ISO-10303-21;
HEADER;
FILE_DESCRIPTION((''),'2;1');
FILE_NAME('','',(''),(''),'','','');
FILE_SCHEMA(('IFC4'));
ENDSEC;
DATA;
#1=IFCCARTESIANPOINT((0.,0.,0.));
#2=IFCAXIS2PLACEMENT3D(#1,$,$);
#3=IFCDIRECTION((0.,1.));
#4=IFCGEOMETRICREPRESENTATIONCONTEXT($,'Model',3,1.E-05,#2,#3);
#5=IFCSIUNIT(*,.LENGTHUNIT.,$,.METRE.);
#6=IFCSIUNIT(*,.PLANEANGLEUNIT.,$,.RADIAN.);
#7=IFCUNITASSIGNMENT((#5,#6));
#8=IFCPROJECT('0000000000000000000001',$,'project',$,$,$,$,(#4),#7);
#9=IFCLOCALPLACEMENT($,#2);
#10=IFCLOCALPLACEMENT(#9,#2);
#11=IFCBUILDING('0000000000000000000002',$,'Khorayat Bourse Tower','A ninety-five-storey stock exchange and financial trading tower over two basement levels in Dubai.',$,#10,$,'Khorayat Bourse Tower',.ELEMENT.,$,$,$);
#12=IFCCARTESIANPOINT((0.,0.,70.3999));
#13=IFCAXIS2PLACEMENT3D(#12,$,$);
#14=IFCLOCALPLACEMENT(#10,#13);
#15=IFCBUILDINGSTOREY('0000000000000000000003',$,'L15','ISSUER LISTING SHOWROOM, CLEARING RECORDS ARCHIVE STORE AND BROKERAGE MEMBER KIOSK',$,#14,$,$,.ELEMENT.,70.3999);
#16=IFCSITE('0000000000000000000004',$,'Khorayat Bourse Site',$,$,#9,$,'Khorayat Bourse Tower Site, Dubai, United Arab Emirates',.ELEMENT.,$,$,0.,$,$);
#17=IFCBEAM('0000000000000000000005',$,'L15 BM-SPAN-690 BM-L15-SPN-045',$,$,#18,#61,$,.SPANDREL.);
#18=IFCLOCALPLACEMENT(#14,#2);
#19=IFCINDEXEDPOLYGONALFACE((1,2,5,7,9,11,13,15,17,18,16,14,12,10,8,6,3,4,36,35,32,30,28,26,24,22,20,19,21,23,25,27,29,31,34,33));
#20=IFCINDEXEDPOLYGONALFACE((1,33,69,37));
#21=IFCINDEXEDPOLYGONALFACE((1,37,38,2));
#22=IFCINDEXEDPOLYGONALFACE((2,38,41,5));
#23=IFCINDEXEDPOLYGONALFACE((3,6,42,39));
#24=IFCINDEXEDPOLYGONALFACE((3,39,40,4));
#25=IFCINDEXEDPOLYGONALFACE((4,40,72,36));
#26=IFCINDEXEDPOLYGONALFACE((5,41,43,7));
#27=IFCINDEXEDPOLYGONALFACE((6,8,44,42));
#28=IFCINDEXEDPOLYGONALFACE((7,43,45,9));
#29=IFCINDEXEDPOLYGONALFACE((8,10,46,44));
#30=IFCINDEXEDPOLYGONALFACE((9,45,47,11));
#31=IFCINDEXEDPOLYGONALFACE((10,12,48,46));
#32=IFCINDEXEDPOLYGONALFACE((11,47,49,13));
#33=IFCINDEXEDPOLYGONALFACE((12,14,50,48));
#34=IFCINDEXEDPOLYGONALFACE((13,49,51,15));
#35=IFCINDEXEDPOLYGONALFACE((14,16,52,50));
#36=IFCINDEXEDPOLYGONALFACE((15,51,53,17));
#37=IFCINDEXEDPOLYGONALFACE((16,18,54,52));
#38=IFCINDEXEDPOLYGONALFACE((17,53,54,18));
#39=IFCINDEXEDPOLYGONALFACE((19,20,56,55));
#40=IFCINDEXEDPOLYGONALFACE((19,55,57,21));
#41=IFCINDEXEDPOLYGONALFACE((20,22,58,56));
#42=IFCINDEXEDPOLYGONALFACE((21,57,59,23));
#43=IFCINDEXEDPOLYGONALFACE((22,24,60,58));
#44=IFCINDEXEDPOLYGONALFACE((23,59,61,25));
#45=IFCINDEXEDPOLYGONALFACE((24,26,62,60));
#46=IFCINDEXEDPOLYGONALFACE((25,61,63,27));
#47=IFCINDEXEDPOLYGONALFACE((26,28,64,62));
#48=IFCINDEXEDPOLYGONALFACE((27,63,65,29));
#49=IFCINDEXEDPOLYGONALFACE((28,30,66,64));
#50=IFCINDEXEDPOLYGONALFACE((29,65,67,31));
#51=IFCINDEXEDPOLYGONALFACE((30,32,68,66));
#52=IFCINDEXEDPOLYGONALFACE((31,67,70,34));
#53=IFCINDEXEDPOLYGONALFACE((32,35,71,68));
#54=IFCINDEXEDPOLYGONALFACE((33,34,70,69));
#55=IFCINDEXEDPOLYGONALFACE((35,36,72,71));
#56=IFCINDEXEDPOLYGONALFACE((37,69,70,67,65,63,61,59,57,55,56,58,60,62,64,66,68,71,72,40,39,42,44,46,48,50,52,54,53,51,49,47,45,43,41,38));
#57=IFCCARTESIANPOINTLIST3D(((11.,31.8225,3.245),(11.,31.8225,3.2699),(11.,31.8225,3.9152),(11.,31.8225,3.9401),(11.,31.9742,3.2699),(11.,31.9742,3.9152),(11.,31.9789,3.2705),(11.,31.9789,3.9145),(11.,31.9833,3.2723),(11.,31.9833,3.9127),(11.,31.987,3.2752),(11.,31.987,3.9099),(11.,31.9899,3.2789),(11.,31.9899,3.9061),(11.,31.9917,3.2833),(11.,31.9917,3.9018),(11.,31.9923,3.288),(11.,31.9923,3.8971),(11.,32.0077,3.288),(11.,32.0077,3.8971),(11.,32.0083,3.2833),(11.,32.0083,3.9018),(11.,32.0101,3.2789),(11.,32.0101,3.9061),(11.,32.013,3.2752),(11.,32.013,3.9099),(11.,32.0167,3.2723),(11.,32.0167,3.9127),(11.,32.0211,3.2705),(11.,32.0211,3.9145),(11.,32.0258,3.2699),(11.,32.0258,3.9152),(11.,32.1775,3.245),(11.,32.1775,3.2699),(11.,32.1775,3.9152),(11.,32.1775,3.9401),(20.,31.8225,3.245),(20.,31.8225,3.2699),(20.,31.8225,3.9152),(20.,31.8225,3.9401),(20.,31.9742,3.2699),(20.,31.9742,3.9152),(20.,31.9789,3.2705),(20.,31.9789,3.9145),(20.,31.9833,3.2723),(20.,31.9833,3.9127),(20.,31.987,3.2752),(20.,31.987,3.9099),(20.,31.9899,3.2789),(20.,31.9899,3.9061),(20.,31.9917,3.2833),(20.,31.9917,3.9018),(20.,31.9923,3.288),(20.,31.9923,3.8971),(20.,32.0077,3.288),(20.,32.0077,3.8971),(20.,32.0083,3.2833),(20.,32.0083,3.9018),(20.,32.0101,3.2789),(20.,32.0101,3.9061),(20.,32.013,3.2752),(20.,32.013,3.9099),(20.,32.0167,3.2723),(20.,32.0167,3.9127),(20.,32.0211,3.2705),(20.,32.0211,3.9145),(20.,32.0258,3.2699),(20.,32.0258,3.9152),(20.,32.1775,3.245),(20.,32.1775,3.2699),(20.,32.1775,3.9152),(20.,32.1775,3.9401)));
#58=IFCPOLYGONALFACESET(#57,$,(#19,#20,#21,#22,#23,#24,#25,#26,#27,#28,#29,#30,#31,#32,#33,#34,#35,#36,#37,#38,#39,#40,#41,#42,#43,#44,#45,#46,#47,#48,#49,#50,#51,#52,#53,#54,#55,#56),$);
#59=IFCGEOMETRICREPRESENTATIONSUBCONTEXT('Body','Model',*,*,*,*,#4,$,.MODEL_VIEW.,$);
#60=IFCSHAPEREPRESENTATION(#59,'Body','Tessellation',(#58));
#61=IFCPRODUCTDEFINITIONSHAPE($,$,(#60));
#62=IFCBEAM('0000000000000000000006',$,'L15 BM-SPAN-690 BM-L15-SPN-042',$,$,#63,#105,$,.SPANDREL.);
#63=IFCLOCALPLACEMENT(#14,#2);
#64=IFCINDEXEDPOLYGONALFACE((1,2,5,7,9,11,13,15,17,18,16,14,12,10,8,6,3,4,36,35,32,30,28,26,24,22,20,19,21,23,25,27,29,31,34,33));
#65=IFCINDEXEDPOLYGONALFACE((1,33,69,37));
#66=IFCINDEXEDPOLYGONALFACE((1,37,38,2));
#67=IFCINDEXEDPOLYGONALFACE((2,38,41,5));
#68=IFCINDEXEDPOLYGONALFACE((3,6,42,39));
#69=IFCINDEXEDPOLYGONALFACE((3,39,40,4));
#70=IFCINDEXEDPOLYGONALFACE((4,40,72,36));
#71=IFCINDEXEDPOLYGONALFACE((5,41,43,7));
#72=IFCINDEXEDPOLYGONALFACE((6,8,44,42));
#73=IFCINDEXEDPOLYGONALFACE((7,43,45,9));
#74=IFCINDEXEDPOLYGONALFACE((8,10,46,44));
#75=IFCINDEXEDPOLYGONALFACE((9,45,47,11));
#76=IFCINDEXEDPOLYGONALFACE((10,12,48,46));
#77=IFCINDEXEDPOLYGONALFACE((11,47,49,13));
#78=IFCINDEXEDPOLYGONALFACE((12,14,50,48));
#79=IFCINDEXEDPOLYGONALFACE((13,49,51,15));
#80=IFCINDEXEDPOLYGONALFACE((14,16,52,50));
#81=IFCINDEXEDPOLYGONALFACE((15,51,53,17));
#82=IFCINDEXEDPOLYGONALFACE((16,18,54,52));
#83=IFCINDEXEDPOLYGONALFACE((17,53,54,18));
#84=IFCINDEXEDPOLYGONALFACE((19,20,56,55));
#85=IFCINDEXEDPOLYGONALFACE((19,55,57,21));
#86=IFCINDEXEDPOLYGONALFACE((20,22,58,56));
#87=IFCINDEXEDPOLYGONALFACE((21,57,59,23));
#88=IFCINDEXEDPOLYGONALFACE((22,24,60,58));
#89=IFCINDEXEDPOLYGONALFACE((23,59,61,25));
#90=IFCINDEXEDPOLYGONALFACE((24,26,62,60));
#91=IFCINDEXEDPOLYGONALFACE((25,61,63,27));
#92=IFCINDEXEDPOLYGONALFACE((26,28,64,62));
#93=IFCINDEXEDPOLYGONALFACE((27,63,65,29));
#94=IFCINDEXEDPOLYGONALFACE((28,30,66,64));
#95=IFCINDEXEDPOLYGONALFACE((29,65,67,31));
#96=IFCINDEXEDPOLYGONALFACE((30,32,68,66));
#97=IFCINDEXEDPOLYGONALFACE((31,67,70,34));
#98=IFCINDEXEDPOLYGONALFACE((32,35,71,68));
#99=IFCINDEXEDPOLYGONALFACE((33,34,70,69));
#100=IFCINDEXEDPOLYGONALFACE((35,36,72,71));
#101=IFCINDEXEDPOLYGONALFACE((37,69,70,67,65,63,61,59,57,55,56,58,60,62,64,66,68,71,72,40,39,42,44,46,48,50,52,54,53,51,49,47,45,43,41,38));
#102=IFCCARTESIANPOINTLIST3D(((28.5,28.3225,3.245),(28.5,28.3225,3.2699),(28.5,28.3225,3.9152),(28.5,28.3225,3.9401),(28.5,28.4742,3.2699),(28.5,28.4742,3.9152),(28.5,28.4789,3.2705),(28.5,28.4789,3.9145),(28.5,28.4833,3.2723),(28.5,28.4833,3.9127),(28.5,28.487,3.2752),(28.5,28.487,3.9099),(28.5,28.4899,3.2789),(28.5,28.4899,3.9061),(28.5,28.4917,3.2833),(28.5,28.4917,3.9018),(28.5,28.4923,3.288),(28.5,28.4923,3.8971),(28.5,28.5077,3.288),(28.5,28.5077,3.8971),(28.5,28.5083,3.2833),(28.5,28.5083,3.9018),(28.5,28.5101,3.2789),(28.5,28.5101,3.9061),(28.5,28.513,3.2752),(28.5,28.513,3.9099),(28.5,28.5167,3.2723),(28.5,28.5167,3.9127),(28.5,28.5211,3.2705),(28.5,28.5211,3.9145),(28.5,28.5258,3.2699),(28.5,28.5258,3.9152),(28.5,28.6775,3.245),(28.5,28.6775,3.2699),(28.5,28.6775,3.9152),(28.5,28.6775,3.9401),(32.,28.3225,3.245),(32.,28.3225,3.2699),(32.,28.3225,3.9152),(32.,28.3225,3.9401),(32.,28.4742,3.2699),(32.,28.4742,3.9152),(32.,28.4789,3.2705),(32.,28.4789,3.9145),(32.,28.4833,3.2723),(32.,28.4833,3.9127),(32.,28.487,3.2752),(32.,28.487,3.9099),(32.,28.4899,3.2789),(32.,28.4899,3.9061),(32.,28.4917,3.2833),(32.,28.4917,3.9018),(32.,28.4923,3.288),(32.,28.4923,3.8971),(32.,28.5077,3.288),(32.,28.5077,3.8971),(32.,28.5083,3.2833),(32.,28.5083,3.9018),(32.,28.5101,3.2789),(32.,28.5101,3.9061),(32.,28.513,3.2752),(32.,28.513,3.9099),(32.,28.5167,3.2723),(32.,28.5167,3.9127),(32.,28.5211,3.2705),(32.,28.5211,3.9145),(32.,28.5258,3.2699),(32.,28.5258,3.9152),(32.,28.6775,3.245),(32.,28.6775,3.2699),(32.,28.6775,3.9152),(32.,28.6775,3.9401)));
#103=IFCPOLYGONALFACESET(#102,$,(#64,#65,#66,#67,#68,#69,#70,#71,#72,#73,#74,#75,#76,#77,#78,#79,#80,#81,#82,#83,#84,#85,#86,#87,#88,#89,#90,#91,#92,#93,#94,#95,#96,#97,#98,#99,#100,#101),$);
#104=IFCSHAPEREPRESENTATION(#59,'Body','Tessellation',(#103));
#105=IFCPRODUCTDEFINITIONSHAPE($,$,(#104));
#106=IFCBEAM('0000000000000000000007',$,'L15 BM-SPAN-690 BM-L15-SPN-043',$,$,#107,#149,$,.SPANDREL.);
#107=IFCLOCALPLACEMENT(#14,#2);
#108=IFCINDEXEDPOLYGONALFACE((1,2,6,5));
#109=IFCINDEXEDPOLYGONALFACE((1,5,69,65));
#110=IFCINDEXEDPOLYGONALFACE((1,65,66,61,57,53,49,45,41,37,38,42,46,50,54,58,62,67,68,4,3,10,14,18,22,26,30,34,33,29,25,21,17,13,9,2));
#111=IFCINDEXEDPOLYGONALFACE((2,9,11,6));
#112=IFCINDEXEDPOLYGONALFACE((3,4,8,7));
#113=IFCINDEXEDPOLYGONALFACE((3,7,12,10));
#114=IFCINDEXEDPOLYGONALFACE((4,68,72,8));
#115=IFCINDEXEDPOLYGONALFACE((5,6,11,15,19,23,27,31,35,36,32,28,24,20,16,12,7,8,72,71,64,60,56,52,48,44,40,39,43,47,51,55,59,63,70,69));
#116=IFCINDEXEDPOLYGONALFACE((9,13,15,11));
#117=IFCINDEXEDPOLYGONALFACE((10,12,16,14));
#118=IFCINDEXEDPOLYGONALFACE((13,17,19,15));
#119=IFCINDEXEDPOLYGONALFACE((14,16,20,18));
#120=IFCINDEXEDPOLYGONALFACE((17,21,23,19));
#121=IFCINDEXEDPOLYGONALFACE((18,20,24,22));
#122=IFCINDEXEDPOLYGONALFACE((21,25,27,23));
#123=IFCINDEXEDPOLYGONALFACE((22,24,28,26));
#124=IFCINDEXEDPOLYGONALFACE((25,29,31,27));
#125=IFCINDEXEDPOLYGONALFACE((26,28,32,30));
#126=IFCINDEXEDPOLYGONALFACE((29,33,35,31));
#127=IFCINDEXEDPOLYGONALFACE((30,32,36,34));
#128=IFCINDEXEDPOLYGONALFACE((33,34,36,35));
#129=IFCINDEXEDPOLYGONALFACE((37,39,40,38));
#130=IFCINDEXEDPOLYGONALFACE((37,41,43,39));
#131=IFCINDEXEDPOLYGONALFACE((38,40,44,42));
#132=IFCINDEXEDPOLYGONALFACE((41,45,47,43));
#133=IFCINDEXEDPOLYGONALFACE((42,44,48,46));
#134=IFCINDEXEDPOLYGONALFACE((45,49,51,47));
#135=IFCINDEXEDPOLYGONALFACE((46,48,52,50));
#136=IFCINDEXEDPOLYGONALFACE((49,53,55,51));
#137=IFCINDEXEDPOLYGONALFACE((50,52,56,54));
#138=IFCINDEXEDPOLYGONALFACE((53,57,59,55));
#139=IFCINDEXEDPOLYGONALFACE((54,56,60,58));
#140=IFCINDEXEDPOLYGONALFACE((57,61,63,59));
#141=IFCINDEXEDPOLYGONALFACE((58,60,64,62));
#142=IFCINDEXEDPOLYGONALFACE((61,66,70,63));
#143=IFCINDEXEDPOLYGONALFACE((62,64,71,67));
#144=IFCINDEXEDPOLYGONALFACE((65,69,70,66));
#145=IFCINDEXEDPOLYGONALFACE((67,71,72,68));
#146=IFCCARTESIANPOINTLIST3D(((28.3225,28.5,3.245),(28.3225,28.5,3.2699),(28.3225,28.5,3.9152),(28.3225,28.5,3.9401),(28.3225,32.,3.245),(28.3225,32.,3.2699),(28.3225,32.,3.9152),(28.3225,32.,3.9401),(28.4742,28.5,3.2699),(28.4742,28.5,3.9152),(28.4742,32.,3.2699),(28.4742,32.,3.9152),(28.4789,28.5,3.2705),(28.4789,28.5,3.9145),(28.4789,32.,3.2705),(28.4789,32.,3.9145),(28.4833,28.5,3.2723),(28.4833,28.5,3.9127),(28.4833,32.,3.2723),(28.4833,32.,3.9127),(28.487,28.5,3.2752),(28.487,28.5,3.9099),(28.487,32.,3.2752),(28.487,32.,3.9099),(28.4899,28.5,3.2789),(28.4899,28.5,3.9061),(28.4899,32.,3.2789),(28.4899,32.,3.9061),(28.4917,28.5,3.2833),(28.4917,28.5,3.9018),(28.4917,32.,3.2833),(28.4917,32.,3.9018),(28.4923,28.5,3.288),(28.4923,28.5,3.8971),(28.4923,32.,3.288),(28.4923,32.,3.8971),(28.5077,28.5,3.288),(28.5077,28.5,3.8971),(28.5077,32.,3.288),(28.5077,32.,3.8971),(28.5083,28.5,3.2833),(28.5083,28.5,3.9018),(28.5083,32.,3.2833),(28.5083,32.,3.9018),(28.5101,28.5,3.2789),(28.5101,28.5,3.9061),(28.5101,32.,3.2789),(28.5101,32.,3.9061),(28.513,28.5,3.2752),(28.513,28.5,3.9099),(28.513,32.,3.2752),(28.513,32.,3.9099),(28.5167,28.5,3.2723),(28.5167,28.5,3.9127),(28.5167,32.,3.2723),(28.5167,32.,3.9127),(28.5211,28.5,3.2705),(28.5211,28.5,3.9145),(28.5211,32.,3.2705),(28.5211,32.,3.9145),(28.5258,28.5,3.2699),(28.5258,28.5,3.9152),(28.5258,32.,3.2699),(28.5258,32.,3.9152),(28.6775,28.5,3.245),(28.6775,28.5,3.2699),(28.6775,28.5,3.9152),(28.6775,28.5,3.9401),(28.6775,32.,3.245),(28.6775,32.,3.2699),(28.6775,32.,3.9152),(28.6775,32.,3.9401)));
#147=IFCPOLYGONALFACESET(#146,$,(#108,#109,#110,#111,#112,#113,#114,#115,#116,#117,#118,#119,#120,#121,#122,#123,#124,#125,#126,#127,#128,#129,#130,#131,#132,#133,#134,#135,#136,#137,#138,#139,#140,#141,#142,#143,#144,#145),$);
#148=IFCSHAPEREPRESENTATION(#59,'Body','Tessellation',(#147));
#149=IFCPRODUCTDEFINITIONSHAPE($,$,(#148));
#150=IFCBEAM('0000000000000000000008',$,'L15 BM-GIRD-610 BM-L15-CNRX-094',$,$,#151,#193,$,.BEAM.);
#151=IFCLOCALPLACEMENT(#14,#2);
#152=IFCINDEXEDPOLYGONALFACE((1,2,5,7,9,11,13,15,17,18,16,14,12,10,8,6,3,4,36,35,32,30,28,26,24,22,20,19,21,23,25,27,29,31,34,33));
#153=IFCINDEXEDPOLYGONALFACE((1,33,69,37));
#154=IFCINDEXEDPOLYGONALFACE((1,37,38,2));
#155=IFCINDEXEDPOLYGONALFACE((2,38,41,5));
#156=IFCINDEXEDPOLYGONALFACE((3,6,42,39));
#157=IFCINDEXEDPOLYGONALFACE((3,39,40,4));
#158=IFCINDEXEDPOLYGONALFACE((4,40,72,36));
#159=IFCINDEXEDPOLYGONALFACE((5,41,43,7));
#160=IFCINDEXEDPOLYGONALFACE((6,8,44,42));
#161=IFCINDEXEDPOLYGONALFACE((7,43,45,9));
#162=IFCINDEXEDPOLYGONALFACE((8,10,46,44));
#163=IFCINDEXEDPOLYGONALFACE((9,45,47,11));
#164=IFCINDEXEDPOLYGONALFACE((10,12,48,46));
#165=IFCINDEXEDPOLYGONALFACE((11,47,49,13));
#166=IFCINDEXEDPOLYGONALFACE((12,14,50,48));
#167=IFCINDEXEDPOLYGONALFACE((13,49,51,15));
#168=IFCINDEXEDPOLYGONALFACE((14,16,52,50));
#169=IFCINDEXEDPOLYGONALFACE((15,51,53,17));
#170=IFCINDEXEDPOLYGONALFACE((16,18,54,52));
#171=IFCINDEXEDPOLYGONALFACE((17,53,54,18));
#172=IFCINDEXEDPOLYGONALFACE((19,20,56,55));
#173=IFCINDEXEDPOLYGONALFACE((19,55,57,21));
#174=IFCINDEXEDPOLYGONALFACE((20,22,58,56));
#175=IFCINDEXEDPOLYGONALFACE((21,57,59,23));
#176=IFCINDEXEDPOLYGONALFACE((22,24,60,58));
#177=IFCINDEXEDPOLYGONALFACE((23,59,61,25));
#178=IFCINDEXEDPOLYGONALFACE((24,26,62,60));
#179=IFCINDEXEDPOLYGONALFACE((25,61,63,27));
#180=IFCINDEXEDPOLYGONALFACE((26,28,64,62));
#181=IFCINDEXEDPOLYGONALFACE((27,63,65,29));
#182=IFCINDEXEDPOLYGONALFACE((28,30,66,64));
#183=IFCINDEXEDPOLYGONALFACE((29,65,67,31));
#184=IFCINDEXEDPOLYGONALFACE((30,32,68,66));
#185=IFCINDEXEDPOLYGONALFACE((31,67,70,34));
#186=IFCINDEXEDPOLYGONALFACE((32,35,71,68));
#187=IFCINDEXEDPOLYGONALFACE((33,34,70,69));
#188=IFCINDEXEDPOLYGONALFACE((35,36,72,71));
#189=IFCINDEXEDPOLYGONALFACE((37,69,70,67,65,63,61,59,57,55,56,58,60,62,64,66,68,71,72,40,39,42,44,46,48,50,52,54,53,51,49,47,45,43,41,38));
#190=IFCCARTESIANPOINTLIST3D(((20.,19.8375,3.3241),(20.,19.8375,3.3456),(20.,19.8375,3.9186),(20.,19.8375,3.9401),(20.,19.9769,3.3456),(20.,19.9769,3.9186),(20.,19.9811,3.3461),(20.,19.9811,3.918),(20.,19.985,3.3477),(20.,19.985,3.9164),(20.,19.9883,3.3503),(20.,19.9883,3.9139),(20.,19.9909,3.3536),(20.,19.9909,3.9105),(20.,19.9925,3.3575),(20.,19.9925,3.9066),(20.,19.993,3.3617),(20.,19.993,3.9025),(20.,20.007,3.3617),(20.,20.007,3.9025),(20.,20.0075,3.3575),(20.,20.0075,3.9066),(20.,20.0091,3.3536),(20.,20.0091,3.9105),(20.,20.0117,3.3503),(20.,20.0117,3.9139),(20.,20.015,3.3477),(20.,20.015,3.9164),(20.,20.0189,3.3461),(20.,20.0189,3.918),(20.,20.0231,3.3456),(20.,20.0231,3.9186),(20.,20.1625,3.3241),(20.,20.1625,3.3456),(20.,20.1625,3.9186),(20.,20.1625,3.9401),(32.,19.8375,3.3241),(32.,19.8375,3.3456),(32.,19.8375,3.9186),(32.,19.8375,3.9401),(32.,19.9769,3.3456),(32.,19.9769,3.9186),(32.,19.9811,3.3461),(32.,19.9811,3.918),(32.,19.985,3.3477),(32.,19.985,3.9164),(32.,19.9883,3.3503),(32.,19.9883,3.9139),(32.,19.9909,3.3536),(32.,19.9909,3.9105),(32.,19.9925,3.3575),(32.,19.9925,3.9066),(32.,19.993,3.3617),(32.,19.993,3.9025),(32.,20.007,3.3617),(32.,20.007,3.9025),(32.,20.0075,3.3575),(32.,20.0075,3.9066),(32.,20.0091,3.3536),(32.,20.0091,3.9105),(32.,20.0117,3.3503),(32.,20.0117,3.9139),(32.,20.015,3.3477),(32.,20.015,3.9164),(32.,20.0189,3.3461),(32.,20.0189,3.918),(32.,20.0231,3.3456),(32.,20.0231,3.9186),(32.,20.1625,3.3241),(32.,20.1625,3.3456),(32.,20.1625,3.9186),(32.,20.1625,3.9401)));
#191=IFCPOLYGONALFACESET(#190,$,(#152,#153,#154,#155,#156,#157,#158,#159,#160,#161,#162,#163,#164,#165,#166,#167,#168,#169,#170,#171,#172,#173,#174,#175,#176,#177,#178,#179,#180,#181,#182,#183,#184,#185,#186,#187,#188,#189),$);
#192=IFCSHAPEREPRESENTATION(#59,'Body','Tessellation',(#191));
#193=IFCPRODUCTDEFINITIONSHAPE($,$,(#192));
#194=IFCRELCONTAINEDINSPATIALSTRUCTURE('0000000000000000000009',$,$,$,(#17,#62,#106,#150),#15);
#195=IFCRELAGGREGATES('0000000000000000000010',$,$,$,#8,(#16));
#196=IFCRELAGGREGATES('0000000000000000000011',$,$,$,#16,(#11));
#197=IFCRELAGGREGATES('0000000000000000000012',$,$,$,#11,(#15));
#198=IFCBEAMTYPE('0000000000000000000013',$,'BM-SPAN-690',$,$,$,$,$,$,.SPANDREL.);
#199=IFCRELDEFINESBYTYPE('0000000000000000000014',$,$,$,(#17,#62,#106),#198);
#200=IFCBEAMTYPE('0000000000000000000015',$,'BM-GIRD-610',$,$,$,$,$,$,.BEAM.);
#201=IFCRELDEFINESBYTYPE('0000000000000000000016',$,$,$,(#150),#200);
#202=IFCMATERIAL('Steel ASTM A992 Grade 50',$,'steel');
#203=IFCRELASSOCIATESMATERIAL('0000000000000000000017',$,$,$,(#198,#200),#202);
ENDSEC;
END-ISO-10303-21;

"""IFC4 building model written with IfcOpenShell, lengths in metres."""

from ifc_helpers import new_model, si_unit, direction, frame, origin, origin_2d, place, context, subcontext, project, spatial, i_section, extrude, source, transform, mapped, material, material_profile, profile_set, type_object, element, save


model = new_model("IFC4")

# Units and contexts
model_context = context("Model", 3, precision=1e-05, world=origin(), true_north=direction((0.0, 1.0)))
body_context = subcontext(model_context, "Body", "Model", "MODEL_VIEW")
ifc_project = project(units=[si_unit("LENGTHUNIT", "METRE"), si_unit("PLANEANGLEUNIT", "RADIAN")], contexts=[model_context])

# Site, building, storey
site_placement = place(None, origin())
site = spatial("IfcSite", under=ifc_project, at=site_placement, Name="Khorayat Bourse Site", LongName="Khorayat Bourse Tower Site, Dubai, United Arab Emirates", CompositionType="ELEMENT", RefElevation=0.0)
building_placement = place(site_placement, origin())
building = spatial("IfcBuilding", under=site, at=building_placement, Name="Khorayat Bourse Tower", Description="A ninety-five-storey stock exchange and financial trading tower over two basement levels in Dubai.", LongName="Khorayat Bourse Tower", CompositionType="ELEMENT")
storey_placement = place(building_placement, frame((0.0, 0.0, 70.3999)))
storey = spatial("IfcBuildingStorey", under=building, at=storey_placement, Name="L15", Description="ISSUER LISTING SHOWROOM, CLEARING RECORDS ARCHIVE STORE AND BROKERAGE MEMBER KIOSK", CompositionType="ELEMENT", Elevation=70.3999)

# Beams
ifc_material_1 = material(Name="Steel ASTM A992 Grade 50", Category="steel")
ifc_material_profile_1 = material_profile(ifc_material_1, i_section(OverallWidth=0.355, OverallDepth=0.6951, WebThickness=0.0154, FlangeThickness=0.0249, FilletRadius=0.0181, at=origin_2d()), Name="W690X217")
ifc_profile_set_1 = profile_set([ifc_material_profile_1], Name="Steel ASTM A992 Grade 50")
beam_type_1 = type_object("IfcBeamType", Name="BM-SPAN-690", PredefinedType="SPANDREL", material=ifc_profile_set_1)
shared_shape_1 = source(origin(), body_context, "Body", "SweptSolid", [
    extrude(i_section(OverallWidth=0.355, OverallDepth=0.6951, WebThickness=0.0154, FlangeThickness=0.0249, FilletRadius=0.0181, at=origin_2d()), origin(), (0.0, 0.0, 1.0), 9.0),
])
beam_1_placement = place(storey_placement, frame((11.0, 32.0, 3.5925), z_axis=(1.0, 0.0, 0.0), x_axis=(0.0, 1.0, 0.0)))
element("IfcBeam", 1, at=beam_1_placement, inside=storey, type_object=beam_type_1, Name="L15 BM-SPAN-690 BM-L15-SPN-045", PredefinedType="SPANDREL", context=body_context, shape_type="MappedRepresentation", body=[
    mapped(shared_shape_1, transform((0.0, 0.0, 0.0), scale=1.0)),
])
shared_shape_2 = source(origin(), body_context, "Body", "SweptSolid", [
    extrude(i_section(OverallWidth=0.355, OverallDepth=0.6951, WebThickness=0.0154, FlangeThickness=0.0249, FilletRadius=0.0181, at=origin_2d()), origin(), (0.0, 0.0, 1.0), 3.5),
])
for number, where, z_axis, x_axis, name in (
    (2, (28.5, 28.5, 3.5925), (1.0, 0.0, 0.0), (0.0, 1.0, 0.0), "L15 BM-SPAN-690 BM-L15-SPN-042"),
    (3, (28.5, 28.5, 3.5925), (0.0, 1.0, 0.0), (-1.0, 0.0, 0.0), "L15 BM-SPAN-690 BM-L15-SPN-043"),
):
    element("IfcBeam", number, at=place(storey_placement, frame(where, z_axis=z_axis, x_axis=x_axis)), inside=storey, type_object=beam_type_1, Name=name, PredefinedType="SPANDREL", context=body_context, shape_type="MappedRepresentation", body=[
        mapped(shared_shape_2, transform((0.0, 0.0, 0.0), scale=1.0)),
    ])
ifc_material_profile_2 = material_profile(ifc_material_1, i_section(OverallWidth=0.325, OverallDepth=0.616, WebThickness=0.0139, FlangeThickness=0.0215, FilletRadius=0.0161, at=origin_2d()), Name="W610X174")
ifc_profile_set_2 = profile_set([ifc_material_profile_2], Name="Steel ASTM A992 Grade 50")
beam_type_2 = type_object("IfcBeamType", Name="BM-GIRD-610", PredefinedType="BEAM", material=ifc_profile_set_2)
shared_shape_3 = source(origin(), body_context, "Body", "SweptSolid", [
    extrude(i_section(OverallWidth=0.325, OverallDepth=0.616, WebThickness=0.0139, FlangeThickness=0.0215, FilletRadius=0.0161, at=origin_2d()), origin(), (0.0, 0.0, 1.0), 12.0),
])
beam_2_placement = place(storey_placement, frame((20.0, 20.0, 3.6321), z_axis=(1.0, 0.0, 0.0), x_axis=(0.0, 1.0, 0.0)))
element("IfcBeam", 4, at=beam_2_placement, inside=storey, type_object=beam_type_2, Name="L15 BM-GIRD-610 BM-L15-CNRX-094", PredefinedType="BEAM", context=body_context, shape_type="MappedRepresentation", body=[
    mapped(shared_shape_3, transform((0.0, 0.0, 0.0), scale=1.0)),
])

save(model, "model.ifc")
